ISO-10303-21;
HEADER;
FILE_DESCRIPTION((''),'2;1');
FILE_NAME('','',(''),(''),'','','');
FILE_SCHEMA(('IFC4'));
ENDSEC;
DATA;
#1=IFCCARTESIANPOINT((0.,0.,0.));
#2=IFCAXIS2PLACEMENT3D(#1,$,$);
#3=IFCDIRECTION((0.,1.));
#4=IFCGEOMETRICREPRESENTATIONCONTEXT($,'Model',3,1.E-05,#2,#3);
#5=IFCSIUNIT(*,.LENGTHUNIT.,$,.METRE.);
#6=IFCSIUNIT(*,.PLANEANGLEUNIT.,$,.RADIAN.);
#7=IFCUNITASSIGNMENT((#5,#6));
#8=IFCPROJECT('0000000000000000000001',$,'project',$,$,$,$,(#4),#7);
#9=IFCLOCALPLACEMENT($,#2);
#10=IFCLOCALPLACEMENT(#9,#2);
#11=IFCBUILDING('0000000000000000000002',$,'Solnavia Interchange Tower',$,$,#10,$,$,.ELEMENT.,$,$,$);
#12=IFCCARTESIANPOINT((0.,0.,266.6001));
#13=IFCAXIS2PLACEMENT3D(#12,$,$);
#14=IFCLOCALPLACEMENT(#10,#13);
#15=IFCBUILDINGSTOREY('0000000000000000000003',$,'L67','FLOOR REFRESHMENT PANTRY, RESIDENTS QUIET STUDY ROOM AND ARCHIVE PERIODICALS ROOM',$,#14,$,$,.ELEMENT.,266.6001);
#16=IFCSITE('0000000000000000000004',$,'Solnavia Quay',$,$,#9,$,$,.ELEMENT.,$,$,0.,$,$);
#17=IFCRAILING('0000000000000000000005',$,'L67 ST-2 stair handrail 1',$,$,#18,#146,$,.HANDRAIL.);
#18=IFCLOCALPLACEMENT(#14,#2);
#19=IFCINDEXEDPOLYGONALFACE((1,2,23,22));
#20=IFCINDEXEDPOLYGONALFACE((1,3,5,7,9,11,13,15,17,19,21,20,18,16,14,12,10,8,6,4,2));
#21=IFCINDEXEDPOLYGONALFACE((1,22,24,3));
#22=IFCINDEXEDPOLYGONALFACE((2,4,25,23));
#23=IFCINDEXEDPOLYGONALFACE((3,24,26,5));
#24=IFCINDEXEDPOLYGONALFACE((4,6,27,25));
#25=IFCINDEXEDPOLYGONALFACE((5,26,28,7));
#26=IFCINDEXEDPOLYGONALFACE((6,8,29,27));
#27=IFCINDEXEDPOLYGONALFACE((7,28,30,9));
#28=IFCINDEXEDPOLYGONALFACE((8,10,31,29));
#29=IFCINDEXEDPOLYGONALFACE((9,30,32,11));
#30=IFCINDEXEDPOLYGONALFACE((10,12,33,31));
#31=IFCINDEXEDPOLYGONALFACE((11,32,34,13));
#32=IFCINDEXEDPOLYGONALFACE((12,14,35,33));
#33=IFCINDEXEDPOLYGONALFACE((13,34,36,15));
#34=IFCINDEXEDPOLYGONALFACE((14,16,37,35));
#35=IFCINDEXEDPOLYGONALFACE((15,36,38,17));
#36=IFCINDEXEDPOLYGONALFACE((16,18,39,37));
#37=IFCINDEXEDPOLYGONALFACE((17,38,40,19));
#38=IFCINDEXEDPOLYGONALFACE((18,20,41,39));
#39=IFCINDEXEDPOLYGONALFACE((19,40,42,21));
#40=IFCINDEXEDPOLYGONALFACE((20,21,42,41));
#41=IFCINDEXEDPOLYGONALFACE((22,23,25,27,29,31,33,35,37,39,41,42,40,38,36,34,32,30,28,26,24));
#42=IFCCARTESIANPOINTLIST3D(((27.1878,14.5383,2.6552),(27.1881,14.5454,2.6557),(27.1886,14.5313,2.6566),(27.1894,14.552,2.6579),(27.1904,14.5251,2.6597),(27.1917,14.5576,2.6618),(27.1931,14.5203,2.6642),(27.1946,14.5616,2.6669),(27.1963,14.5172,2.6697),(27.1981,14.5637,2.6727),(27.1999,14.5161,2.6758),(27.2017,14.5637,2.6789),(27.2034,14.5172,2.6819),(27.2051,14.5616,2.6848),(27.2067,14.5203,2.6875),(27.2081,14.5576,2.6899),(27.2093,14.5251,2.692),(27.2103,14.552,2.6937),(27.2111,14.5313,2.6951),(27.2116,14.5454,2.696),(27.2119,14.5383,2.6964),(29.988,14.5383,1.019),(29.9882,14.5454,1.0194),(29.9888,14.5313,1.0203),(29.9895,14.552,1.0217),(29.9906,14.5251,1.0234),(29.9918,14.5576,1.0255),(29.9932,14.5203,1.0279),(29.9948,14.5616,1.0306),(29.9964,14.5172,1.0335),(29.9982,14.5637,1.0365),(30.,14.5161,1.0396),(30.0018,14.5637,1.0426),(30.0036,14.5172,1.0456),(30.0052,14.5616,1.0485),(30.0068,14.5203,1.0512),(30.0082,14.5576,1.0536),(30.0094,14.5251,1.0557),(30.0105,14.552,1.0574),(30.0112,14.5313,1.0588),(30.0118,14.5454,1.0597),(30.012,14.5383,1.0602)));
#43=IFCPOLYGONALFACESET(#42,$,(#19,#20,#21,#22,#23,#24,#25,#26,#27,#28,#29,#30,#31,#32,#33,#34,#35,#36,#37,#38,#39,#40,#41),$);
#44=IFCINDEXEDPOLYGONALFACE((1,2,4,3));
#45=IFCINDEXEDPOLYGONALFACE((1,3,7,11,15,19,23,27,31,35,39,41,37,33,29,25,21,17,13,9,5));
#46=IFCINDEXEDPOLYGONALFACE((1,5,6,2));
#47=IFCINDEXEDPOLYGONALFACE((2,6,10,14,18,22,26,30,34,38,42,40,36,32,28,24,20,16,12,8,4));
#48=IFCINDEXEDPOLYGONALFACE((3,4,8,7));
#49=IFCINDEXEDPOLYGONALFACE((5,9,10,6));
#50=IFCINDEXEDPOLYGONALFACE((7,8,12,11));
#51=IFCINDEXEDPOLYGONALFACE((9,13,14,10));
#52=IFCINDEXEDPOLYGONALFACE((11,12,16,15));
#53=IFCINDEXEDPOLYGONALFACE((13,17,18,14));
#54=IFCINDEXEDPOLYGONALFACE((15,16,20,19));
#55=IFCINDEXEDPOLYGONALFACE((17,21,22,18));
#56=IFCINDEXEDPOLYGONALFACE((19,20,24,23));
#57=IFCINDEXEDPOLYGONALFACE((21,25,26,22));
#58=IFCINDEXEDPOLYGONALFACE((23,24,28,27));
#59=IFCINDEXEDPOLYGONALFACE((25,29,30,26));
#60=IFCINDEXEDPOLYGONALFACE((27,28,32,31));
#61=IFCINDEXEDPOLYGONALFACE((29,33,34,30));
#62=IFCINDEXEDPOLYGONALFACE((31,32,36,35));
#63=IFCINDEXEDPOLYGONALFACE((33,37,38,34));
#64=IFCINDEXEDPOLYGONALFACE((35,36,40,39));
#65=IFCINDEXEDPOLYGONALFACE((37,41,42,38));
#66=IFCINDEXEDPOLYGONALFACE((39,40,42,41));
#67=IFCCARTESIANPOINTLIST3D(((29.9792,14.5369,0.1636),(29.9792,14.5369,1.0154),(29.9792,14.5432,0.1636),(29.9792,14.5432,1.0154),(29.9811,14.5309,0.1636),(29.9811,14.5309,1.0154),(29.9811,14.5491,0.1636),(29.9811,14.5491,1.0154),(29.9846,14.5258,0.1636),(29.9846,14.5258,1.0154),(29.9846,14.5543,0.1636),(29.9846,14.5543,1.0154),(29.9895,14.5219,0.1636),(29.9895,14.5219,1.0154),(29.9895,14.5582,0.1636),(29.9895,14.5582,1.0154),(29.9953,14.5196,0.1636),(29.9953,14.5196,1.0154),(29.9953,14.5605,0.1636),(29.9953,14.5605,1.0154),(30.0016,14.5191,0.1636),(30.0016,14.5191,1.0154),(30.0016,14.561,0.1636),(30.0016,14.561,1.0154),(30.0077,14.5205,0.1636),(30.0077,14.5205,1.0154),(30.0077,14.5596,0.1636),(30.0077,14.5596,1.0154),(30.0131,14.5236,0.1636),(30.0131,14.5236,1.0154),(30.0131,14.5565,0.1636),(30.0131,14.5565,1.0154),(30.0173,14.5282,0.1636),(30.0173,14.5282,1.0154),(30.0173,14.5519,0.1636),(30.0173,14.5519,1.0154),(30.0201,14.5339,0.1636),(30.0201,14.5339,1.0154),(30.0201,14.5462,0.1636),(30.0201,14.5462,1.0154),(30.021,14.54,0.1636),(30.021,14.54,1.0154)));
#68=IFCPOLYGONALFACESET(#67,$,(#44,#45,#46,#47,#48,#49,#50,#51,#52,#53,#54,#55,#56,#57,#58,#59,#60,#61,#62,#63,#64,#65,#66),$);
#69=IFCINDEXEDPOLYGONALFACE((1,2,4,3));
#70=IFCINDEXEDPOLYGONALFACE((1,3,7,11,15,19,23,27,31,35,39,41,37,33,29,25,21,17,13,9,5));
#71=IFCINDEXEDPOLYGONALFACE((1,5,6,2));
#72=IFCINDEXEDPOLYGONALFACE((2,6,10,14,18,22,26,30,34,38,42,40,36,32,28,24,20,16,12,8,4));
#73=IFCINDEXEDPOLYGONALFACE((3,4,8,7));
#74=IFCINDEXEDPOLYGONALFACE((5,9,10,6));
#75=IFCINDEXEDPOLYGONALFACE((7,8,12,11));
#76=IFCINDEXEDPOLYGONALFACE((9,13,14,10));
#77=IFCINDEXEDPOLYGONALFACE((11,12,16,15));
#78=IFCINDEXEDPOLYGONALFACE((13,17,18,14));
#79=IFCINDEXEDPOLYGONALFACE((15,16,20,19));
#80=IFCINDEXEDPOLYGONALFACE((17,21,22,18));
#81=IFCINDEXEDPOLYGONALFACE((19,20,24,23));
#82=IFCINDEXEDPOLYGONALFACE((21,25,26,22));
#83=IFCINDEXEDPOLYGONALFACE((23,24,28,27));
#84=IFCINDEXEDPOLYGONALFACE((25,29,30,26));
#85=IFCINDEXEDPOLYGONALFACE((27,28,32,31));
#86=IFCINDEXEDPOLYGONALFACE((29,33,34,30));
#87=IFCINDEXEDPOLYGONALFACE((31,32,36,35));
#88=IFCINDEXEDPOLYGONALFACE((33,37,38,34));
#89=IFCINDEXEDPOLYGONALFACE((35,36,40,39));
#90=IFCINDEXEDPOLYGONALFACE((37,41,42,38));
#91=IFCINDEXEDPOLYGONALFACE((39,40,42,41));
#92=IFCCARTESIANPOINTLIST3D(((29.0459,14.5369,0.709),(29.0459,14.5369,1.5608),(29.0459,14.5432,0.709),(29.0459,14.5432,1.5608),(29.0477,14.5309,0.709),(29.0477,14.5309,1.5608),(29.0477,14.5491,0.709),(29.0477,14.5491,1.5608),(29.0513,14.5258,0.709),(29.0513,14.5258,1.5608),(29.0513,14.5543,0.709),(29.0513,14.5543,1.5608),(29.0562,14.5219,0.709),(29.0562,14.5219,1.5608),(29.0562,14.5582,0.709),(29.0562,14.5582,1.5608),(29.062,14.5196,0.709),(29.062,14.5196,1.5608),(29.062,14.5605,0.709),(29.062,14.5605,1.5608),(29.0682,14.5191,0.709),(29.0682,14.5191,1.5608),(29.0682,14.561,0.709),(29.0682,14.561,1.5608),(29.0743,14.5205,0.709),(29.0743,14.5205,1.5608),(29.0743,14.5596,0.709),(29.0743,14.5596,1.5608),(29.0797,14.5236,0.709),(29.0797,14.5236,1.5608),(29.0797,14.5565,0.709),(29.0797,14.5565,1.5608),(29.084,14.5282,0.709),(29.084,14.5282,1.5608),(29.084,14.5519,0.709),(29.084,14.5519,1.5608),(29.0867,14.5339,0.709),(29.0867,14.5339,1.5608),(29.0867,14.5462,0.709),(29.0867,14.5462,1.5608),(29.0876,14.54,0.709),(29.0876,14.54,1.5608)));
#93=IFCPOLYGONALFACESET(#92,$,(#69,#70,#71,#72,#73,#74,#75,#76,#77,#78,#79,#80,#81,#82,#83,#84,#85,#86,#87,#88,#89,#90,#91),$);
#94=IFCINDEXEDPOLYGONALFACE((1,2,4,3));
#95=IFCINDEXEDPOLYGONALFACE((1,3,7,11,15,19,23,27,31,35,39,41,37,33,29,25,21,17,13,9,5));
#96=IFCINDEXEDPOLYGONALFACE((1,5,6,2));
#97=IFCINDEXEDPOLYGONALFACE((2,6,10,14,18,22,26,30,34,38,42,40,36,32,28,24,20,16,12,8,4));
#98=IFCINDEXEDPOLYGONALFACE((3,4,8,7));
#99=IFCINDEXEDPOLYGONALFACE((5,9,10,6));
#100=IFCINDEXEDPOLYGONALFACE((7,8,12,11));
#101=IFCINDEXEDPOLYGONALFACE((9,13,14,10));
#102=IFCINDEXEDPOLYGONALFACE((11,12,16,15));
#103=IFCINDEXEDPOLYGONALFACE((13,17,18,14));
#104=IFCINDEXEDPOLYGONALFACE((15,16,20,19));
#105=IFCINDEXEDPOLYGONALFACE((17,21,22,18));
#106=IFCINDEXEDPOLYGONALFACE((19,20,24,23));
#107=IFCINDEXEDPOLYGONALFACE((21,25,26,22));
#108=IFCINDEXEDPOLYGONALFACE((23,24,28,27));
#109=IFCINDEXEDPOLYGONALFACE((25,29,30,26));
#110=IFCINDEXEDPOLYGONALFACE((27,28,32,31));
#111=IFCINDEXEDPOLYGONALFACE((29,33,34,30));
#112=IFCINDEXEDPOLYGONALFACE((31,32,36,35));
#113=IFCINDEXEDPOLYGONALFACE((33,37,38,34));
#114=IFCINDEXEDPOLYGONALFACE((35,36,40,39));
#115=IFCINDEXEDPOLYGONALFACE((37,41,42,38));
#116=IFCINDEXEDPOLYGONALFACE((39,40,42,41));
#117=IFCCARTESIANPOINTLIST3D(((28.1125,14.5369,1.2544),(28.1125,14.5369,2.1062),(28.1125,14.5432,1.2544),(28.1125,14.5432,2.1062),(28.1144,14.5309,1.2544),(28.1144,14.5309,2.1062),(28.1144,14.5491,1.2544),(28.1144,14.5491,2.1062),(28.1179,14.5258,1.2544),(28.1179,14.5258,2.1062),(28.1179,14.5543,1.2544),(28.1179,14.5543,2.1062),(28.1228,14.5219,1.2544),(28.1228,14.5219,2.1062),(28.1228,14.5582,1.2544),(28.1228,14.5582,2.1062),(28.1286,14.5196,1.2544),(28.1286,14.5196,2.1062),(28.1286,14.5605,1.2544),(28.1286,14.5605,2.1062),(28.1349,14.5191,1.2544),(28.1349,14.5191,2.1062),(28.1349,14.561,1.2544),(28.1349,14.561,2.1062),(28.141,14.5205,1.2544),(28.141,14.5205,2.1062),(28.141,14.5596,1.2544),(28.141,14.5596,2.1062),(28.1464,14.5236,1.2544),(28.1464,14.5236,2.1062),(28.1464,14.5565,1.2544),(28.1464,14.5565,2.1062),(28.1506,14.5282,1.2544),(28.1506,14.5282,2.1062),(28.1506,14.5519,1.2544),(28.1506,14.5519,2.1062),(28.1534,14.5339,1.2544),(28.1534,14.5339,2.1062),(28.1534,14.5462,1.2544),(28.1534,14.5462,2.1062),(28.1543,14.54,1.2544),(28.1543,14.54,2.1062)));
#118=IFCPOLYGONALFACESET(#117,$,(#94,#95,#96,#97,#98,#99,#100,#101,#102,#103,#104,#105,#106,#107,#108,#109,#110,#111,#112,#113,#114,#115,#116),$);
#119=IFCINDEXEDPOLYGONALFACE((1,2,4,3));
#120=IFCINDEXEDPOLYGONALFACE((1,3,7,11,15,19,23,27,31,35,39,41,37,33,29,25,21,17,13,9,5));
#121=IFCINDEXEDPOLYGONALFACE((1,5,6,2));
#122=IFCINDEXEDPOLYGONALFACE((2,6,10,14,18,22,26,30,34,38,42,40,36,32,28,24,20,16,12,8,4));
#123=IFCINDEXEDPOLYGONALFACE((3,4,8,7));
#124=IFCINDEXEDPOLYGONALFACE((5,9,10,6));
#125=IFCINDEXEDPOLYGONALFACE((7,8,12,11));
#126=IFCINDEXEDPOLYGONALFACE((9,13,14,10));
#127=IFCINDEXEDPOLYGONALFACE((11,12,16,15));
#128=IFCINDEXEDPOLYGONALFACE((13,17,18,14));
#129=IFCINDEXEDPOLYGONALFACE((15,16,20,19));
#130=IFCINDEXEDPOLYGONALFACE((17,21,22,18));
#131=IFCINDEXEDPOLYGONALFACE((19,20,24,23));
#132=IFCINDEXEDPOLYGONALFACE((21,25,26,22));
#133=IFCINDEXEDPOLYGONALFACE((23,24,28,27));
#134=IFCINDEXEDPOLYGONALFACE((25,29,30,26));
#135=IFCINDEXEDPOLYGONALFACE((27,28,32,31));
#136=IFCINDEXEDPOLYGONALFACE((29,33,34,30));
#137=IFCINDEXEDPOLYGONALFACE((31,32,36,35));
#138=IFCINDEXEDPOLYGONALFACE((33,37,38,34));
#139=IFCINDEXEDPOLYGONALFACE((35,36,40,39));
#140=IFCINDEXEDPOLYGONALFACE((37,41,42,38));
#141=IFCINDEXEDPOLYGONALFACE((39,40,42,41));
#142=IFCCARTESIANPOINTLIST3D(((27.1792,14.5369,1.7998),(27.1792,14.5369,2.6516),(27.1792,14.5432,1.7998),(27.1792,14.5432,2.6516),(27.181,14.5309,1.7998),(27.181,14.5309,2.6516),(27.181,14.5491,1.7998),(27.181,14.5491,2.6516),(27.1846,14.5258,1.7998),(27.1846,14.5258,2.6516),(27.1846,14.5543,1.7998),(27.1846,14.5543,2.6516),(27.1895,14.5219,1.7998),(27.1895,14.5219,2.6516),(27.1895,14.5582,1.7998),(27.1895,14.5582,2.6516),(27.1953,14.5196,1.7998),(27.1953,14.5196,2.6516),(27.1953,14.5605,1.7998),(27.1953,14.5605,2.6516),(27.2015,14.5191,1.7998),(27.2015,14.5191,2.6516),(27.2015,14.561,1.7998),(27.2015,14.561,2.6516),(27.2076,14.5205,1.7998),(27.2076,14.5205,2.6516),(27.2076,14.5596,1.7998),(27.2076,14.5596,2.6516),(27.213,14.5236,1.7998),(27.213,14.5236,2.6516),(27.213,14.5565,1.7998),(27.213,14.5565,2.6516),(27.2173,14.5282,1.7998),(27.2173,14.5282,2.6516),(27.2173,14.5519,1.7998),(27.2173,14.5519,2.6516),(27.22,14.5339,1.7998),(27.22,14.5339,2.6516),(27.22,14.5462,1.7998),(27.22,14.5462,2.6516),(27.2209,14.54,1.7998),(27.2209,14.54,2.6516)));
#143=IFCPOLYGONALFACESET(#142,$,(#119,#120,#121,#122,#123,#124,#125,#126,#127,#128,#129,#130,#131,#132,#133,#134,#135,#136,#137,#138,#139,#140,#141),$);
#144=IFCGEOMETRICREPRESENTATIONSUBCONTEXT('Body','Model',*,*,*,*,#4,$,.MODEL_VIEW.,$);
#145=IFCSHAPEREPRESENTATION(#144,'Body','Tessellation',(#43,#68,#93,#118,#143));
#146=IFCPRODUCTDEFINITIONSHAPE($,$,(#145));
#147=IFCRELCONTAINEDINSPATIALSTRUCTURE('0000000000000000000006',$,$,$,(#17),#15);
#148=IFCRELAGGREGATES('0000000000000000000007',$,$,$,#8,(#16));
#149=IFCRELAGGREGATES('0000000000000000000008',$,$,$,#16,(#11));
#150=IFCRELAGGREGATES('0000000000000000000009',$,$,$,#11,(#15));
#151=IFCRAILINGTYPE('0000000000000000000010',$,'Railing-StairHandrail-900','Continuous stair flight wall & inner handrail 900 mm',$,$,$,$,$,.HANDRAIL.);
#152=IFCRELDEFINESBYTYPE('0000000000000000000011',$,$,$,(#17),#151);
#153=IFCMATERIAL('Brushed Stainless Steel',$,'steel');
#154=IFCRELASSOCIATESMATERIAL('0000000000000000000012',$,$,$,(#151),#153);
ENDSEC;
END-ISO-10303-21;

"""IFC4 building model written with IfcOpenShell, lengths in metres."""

from ifc_helpers import new_model, si_unit, direction, frame, origin, origin_2d, place, context, subcontext, project, spatial, circle, extrude, material, type_object, element, save


model = new_model("IFC4")

# Units and contexts
model_context = context("Model", 3, precision=1e-05, world=origin(), true_north=direction((0.0, 1.0)))
body_context = subcontext(model_context, "Body", "Model", "MODEL_VIEW")
ifc_project = project(units=[si_unit("LENGTHUNIT", "METRE"), si_unit("PLANEANGLEUNIT", "RADIAN")], contexts=[model_context])

# Site, building, storey
site_placement = place(None, origin())
site = spatial("IfcSite", under=ifc_project, at=site_placement, Name="Solnavia Quay", CompositionType="ELEMENT", RefElevation=0.0)
building_placement = place(site_placement, origin())
building = spatial("IfcBuilding", under=site, at=building_placement, Name="Solnavia Interchange Tower", CompositionType="ELEMENT")
storey_placement = place(building_placement, frame((0.0, 0.0, 266.6001)))
storey = spatial("IfcBuildingStorey", under=building, at=storey_placement, Name="L67", Description="FLOOR REFRESHMENT PANTRY, RESIDENTS QUIET STUDY ROOM AND ARCHIVE PERIODICALS ROOM", CompositionType="ELEMENT", Elevation=266.6001)

# Railing
ifc_material_1 = material(Name="Brushed Stainless Steel", Category="steel")
railing_type_1 = type_object("IfcRailingType", Name="Railing-StairHandrail-900", Description="Continuous stair flight wall & inner handrail 900 mm", PredefinedType="HANDRAIL", material=ifc_material_1)
railing_1_placement = place(storey_placement, frame((30.0, 14.54, 0.1636)))
element("IfcRailing", 1, at=railing_1_placement, inside=storey, type_object=railing_type_1, Name="L67 ST-2 stair handrail 1", PredefinedType="HANDRAIL", context=body_context, shape_type="SweptSolid", body=[
    extrude(circle(Radius=0.0239, at=origin_2d()), frame((0.0, 0.0, 0.876), z_axis=(-0.863394, 0.0, 0.504531), x_axis=(0.0, -1.0, 0.0)), (0.0, 0.0, 1.0), 3.2432),
    extrude(circle(Radius=0.021, at=origin_2d()), origin(), (0.0, 0.0, 1.0), 0.8518),
    extrude(circle(Radius=0.021, at=origin_2d()), frame((-0.9333, 0.0, 0.5454)), (0.0, 0.0, 1.0), 0.8518),
    extrude(circle(Radius=0.021, at=origin_2d()), frame((-1.8667, 0.0, 1.0908)), (0.0, 0.0, 1.0), 0.8518),
    extrude(circle(Radius=0.021, at=origin_2d()), frame((-2.8, 0.0, 1.6362)), (0.0, 0.0, 1.0), 0.8518),
])

save(model, "model.ifc")
